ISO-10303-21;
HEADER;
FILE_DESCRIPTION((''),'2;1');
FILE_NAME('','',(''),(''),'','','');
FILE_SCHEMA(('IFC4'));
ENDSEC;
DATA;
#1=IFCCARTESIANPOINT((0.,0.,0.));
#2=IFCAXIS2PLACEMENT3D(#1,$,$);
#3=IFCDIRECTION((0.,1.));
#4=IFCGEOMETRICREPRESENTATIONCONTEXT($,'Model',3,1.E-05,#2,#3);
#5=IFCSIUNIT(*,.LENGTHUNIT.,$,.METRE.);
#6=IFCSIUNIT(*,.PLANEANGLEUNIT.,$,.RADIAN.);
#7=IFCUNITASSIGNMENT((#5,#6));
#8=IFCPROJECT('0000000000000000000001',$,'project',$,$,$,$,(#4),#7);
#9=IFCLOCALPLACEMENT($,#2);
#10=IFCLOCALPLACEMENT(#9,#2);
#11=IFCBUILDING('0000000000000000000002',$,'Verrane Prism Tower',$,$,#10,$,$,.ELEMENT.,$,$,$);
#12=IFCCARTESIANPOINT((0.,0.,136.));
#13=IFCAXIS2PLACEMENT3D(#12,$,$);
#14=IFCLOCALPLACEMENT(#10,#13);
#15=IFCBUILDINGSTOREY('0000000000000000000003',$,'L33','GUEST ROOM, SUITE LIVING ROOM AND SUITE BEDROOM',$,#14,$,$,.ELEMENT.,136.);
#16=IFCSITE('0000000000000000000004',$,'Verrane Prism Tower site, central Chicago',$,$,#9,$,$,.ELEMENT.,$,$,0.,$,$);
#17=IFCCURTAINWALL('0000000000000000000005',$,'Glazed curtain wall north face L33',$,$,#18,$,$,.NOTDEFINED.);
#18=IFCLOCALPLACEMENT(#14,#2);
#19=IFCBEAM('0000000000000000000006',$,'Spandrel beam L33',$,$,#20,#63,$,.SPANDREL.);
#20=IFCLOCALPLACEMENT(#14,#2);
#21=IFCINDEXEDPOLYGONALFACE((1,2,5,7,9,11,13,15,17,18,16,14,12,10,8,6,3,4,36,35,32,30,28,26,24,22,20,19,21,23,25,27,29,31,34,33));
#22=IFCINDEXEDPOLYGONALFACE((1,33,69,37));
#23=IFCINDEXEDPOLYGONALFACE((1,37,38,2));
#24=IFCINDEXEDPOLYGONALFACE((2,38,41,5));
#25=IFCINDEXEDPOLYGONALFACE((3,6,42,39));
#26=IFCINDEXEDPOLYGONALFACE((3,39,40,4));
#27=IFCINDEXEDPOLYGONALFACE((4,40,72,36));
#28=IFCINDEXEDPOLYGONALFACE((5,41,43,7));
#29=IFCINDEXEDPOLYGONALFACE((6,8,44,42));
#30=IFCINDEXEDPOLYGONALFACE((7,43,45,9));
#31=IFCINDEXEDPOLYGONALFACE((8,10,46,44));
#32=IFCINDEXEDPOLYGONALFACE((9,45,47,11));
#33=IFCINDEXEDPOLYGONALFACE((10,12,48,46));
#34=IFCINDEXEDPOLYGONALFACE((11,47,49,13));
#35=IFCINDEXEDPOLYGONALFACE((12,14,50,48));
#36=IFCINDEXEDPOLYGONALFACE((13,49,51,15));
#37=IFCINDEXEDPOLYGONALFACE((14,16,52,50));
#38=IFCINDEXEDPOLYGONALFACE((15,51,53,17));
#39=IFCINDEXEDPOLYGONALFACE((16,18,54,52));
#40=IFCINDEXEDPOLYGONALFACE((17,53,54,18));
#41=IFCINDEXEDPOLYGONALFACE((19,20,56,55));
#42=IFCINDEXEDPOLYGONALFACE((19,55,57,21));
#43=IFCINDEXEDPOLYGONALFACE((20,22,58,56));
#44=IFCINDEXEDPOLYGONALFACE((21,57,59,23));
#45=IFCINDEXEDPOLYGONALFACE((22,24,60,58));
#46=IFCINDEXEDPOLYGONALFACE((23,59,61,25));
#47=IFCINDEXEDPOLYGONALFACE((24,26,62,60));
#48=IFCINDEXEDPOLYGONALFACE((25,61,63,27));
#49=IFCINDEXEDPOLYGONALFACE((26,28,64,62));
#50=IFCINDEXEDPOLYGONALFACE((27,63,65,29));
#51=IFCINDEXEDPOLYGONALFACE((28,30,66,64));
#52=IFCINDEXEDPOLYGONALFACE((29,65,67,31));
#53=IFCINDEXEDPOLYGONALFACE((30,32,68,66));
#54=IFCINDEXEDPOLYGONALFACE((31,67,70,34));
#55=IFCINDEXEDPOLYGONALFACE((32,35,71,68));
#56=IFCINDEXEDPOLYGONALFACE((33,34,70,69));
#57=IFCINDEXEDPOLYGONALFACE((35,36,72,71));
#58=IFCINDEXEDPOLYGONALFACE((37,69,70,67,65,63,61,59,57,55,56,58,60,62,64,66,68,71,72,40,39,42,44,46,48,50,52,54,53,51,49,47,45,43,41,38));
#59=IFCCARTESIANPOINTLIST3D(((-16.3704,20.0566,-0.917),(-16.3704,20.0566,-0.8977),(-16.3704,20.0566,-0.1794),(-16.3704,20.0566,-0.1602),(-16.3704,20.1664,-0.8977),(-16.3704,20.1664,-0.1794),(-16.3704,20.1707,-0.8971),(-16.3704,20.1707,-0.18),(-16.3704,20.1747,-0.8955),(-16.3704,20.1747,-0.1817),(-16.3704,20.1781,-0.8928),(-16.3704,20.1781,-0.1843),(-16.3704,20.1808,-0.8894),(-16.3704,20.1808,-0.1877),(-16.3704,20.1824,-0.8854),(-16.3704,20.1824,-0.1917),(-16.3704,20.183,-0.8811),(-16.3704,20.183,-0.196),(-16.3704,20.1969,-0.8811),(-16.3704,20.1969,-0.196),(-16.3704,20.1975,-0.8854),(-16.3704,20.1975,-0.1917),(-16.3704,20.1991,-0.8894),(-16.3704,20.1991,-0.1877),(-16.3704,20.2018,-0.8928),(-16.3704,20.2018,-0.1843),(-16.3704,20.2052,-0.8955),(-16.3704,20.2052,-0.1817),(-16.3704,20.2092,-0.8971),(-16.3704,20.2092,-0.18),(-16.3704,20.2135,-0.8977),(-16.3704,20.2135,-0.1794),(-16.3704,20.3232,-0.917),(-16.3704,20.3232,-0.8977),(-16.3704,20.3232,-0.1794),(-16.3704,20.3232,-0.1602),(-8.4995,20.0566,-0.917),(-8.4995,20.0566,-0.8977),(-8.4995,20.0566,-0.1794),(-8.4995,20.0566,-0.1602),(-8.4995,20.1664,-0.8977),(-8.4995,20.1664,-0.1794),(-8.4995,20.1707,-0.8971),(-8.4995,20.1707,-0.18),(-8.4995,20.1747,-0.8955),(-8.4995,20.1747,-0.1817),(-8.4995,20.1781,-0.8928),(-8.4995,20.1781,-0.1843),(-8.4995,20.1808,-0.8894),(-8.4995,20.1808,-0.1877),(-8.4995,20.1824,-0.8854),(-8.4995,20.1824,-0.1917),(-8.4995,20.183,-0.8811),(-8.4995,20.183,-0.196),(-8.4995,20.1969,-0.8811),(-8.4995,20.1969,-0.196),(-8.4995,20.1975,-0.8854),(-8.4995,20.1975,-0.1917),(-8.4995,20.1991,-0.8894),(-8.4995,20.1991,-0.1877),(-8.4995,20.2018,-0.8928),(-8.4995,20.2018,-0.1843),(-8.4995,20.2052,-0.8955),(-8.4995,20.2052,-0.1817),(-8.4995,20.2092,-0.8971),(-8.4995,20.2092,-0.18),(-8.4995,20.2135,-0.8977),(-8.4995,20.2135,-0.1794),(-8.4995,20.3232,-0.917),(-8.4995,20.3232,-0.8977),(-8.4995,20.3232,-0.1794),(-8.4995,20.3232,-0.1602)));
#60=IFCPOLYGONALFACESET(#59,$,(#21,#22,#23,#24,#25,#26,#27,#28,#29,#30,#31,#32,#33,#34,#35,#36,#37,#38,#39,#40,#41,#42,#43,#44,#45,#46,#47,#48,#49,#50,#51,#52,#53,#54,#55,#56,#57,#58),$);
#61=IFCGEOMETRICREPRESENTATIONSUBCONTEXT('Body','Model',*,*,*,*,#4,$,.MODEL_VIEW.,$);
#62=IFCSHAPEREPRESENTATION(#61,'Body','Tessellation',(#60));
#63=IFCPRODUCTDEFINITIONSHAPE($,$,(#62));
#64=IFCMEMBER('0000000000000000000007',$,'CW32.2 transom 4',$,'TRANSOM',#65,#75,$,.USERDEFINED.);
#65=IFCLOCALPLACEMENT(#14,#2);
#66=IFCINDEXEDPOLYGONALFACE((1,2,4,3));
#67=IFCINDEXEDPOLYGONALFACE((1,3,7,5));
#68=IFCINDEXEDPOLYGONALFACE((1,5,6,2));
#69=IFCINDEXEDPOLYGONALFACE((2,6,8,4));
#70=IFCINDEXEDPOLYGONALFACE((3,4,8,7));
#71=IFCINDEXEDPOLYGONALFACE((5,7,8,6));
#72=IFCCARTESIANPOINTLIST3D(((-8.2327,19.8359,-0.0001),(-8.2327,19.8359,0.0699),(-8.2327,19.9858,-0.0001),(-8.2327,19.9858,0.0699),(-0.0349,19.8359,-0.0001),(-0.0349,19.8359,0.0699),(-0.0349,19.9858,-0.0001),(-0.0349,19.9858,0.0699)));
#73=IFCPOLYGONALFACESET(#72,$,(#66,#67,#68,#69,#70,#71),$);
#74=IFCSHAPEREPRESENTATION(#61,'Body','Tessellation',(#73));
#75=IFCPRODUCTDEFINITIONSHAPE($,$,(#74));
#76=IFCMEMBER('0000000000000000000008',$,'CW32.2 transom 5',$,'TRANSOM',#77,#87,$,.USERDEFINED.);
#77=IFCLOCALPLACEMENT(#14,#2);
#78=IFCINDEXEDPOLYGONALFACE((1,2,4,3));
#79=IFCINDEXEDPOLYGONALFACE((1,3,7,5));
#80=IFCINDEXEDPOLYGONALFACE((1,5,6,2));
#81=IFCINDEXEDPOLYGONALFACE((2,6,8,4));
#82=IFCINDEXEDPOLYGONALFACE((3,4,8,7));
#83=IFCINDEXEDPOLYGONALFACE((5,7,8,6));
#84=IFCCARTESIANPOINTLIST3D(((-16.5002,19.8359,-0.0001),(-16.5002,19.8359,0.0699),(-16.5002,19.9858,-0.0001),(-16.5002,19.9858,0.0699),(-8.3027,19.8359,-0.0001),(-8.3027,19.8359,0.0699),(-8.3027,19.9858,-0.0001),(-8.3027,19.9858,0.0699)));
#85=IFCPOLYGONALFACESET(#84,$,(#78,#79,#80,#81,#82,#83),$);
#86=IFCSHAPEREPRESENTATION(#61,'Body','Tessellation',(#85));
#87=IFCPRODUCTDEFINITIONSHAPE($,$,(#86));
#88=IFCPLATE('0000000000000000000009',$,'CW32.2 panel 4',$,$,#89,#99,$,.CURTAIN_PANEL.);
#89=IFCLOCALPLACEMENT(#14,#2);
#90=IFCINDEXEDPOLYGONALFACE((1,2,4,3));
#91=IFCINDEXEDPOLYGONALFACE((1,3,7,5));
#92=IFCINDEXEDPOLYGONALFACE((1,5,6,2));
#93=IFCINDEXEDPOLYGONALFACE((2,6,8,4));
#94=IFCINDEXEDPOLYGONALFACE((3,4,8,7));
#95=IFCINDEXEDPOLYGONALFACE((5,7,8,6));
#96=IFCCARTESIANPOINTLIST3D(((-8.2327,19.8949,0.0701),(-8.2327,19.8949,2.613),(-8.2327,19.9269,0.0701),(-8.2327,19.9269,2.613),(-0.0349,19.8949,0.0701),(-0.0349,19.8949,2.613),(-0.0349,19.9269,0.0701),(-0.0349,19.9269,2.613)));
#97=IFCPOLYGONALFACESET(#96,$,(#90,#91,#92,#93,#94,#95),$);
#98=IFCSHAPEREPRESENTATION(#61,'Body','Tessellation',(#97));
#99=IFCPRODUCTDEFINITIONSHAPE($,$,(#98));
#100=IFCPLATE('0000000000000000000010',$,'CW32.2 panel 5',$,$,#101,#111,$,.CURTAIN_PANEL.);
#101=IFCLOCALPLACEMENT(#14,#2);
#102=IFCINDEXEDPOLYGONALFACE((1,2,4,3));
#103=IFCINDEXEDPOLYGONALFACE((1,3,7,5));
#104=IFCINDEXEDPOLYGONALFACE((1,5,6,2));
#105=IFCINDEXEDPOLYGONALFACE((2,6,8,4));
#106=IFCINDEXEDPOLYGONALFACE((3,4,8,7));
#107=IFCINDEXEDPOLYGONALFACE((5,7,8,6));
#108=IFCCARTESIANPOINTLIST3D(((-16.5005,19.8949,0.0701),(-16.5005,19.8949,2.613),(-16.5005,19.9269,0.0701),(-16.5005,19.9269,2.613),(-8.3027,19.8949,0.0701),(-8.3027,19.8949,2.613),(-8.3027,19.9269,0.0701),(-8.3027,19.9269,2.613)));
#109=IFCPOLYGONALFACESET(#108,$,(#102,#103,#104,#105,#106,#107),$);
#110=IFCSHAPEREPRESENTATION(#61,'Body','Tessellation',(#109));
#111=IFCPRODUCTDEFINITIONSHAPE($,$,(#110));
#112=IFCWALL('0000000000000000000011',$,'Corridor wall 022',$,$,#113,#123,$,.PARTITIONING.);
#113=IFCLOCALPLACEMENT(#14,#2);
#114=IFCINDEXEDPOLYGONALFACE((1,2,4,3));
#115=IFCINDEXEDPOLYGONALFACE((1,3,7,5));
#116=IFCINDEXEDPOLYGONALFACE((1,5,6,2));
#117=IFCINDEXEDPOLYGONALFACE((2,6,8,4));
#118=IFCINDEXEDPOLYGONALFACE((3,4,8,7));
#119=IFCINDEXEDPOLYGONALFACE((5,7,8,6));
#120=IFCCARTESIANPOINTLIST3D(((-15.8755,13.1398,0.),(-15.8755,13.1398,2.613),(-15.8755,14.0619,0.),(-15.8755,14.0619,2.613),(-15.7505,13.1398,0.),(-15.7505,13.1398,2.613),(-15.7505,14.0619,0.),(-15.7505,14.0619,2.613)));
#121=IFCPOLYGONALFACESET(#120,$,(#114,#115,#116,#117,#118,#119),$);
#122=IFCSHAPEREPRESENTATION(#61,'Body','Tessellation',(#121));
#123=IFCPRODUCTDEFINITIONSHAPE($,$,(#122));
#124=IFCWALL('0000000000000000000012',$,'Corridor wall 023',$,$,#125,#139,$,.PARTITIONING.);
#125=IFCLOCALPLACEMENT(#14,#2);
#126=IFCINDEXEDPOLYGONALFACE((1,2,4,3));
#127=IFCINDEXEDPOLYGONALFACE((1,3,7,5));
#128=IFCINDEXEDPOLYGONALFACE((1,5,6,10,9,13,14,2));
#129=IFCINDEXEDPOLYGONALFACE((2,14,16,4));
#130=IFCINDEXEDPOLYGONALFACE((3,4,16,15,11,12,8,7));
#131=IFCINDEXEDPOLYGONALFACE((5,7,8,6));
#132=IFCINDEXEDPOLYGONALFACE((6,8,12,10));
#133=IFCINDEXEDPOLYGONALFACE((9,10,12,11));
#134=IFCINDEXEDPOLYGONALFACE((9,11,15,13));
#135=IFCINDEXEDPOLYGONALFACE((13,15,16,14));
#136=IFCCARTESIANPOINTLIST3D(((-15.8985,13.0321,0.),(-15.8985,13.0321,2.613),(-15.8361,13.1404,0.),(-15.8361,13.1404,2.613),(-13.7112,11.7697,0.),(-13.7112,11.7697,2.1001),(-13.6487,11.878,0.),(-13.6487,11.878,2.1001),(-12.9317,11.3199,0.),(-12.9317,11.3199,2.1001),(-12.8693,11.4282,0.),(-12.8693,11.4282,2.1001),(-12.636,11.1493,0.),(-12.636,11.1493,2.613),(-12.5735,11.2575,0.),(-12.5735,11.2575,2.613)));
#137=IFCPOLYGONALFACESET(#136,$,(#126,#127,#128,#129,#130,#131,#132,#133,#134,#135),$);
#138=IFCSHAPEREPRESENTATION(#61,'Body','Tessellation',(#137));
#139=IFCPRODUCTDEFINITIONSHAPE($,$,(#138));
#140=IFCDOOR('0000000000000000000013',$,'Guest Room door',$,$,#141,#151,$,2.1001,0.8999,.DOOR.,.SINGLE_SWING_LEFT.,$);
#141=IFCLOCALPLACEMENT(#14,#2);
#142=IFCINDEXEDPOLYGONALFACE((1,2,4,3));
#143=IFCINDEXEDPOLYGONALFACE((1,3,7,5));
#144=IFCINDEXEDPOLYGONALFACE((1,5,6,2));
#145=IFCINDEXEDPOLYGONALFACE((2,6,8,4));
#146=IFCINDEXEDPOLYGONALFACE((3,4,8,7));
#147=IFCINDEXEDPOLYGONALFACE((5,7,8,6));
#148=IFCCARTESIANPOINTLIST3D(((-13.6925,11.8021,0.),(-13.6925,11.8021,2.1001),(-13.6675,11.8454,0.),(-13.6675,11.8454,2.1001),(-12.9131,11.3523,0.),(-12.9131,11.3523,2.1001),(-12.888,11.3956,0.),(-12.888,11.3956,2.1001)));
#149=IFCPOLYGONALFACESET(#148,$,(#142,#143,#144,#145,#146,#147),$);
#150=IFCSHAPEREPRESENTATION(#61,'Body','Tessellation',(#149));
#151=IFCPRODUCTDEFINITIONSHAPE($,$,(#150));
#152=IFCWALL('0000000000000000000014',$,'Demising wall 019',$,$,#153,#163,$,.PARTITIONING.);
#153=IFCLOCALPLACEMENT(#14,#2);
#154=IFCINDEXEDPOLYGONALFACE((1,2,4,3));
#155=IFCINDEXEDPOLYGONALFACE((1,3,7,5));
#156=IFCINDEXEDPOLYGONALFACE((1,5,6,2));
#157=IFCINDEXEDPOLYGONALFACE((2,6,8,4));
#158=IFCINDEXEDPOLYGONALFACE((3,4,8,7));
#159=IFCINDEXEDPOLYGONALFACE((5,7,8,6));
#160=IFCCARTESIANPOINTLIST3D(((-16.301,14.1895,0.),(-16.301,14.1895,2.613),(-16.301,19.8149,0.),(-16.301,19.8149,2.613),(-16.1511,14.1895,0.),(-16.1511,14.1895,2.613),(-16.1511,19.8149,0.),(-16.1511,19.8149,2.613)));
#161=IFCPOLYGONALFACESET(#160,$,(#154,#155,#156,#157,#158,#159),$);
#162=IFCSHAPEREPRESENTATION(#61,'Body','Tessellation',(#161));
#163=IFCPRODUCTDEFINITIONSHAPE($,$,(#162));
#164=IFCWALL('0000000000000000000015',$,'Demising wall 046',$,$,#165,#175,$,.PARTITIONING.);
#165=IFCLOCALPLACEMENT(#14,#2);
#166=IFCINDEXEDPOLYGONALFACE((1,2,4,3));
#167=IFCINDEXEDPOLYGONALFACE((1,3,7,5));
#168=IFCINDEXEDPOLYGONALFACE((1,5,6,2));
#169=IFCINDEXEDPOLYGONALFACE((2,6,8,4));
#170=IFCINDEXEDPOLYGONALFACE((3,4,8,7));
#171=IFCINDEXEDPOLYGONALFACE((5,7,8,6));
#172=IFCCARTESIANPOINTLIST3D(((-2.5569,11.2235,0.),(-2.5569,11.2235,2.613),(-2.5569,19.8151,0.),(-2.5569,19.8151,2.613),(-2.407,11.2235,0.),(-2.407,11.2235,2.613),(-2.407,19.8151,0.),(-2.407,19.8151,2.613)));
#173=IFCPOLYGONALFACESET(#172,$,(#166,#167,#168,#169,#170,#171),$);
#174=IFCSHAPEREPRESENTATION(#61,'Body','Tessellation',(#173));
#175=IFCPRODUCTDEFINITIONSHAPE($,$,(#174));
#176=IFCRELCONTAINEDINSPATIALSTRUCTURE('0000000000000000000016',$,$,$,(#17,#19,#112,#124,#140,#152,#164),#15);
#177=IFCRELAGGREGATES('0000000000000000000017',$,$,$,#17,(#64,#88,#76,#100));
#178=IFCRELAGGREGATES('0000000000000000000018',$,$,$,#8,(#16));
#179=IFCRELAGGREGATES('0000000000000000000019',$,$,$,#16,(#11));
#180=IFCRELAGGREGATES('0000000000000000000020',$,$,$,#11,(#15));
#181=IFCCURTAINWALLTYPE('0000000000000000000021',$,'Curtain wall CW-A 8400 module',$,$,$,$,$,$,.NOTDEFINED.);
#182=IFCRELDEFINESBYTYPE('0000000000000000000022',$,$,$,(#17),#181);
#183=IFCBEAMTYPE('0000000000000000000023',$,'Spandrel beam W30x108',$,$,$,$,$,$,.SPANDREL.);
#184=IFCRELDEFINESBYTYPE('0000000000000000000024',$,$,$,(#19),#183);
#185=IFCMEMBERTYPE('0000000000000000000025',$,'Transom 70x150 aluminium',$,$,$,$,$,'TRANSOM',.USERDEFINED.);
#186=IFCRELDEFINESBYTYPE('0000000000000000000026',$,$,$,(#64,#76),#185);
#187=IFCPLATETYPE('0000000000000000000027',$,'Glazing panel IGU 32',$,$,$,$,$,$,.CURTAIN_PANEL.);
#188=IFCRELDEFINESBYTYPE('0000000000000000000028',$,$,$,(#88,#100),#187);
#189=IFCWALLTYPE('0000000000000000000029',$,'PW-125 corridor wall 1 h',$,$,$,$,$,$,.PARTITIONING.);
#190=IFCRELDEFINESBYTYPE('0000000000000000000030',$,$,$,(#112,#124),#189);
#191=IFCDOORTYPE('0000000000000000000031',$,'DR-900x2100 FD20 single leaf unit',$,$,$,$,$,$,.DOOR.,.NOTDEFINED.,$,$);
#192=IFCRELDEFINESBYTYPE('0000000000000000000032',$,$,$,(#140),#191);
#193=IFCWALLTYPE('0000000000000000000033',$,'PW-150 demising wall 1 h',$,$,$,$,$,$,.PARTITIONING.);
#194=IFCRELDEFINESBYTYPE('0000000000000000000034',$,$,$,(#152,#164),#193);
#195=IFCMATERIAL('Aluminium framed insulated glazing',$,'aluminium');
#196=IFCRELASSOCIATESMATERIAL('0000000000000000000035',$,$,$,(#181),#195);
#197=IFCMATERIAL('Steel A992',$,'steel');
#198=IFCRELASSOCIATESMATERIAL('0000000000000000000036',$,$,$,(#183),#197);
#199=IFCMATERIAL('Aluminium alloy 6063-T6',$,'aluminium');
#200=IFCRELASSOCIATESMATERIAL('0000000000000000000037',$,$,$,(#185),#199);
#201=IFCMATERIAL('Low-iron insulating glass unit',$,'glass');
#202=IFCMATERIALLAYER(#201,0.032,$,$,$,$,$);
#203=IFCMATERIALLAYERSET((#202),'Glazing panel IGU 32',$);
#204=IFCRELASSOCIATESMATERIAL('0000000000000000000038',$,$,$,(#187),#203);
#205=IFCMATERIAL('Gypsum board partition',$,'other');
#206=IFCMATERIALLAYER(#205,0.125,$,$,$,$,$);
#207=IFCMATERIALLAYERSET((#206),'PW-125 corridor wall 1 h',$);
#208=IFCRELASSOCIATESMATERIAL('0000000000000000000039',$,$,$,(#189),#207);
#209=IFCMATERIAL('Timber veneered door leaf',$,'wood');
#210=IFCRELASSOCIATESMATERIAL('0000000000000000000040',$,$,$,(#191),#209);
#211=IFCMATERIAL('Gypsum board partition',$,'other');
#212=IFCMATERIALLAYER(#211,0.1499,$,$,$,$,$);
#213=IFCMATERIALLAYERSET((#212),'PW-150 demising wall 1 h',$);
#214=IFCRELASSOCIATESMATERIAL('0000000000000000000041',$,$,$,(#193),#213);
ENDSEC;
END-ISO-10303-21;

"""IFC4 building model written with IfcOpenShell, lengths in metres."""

from ifc_helpers import new_model, si_unit, direction, frame, frame_2d, origin, origin_2d, place, context, subcontext, project, spatial, rectangle, i_section, extrude, material, layer, layer_set, material_profile, profile_set, type_object, element, fill, aggregate, save


model = new_model("IFC4")

# Units and contexts
model_context = context("Model", 3, precision=1e-05, world=origin(), true_north=direction((0.0, 1.0)))
body_context = subcontext(model_context, "Body", "Model", "MODEL_VIEW")
ifc_project = project(units=[si_unit("LENGTHUNIT", "METRE"), si_unit("PLANEANGLEUNIT", "RADIAN")], contexts=[model_context])

# Site, building, storey
site_placement = place(None, origin())
site = spatial("IfcSite", under=ifc_project, at=site_placement, Name="Verrane Prism Tower site, central Chicago", CompositionType="ELEMENT", RefElevation=0.0)
building_placement = place(site_placement, origin())
building = spatial("IfcBuilding", under=site, at=building_placement, Name="Verrane Prism Tower", CompositionType="ELEMENT")
storey_placement = place(building_placement, frame((0.0, 0.0, 136.0)))
storey = spatial("IfcBuildingStorey", under=building, at=storey_placement, Name="L33", Description="GUEST ROOM, SUITE LIVING ROOM AND SUITE BEDROOM", CompositionType="ELEMENT", Elevation=136.0)

# Curtain wall
ifc_material_1 = material(Name="Aluminium framed insulated glazing", Category="aluminium")
curtain_wall_type = type_object("IfcCurtainWallType", Name="Curtain wall CW-A 8400 module", PredefinedType="NOTDEFINED", material=ifc_material_1)
curtain_wall_placement = place(storey_placement, origin())
curtain_wall = element("IfcCurtainWall", 1, at=curtain_wall_placement, inside=storey, type_object=curtain_wall_type, Name="Glazed curtain wall north face L33", PredefinedType="NOTDEFINED")

# Beam
ifc_material_2 = material(Name="Steel A992", Category="steel")
ifc_material_profile_1 = material_profile(ifc_material_2, i_section(OverallWidth=0.2666, OverallDepth=0.7568, WebThickness=0.0139, FlangeThickness=0.0193, FilletRadius=0.0166, at=origin_2d()), Name="W30x108")
ifc_profile_set_1 = profile_set([ifc_material_profile_1], Name="Steel A992")
beam_type_1 = type_object("IfcBeamType", Name="Spandrel beam W30x108", PredefinedType="SPANDREL", material=ifc_profile_set_1)
for number, where, z_axis, x_axis, name in (
    (2, (-8.4995, 20.1899, -0.5386), (-1.0, 0.0, 0.0), (0.0, -1.0, 0.0), "Spandrel beam L33"),
):
    element("IfcBeam", number, at=place(storey_placement, frame(where, z_axis=z_axis, x_axis=x_axis)), inside=storey, type_object=beam_type_1, Name=name, PredefinedType="SPANDREL", context=body_context, shape_type="SweptSolid", body=[
        extrude(i_section(OverallWidth=0.2666, OverallDepth=0.7568, WebThickness=0.0139, FlangeThickness=0.0193, FilletRadius=0.0166, at=origin_2d()), origin(), (0.0, 0.0, 1.0), 7.8708),
    ])

# Members
ifc_material_3 = material(Name="Aluminium alloy 6063-T6", Category="aluminium")
ifc_material_profile_2 = material_profile(ifc_material_3, rectangle(XDim=0.1499, YDim=0.0701, at=origin_2d()), Name="Transom 70x150 aluminium")
ifc_profile_set_2 = profile_set([ifc_material_profile_2], Name="Aluminium alloy 6063-T6")
member_type_1 = type_object("IfcMemberType", Name="Transom 70x150 aluminium", ElementType="TRANSOM", PredefinedType="USERDEFINED", material=ifc_profile_set_2)
member_1_placement = place(storey_placement, frame((-0.0349, 19.9109, 0.0349), z_axis=(-1.0, 0.0, 0.0), x_axis=(0.0, -1.0, 0.0)))
member_1 = element("IfcMember", 3, at=member_1_placement, type_object=member_type_1, Name="CW32.2 transom 4", ObjectType="TRANSOM", PredefinedType="USERDEFINED", context=body_context, shape_type="SweptSolid", body=[
    extrude(rectangle(XDim=0.1499, YDim=0.0701, at=origin_2d()), origin(), (0.0, 0.0, 1.0), 8.1978),
])
member_2_placement = place(storey_placement, frame((-8.3027, 19.9109, 0.0349), z_axis=(-1.0, 0.0, 0.0), x_axis=(0.0, -1.0, 0.0)))
member_2 = element("IfcMember", 4, at=member_2_placement, type_object=member_type_1, Name="CW32.2 transom 5", ObjectType="TRANSOM", PredefinedType="USERDEFINED", context=body_context, shape_type="SweptSolid", body=[
    extrude(rectangle(XDim=0.1499, YDim=0.0701, at=origin_2d()), origin(), (0.0, 0.0, 1.0), 8.1975),
])

# Plates
ifc_material_4 = material(Name="Low-iron insulating glass unit", Category="glass")
ifc_layer_1 = layer(ifc_material_4, 0.032)
ifc_layer_set_1 = layer_set([ifc_layer_1], Name="Glazing panel IGU 32")
plate_type = type_object("IfcPlateType", Name="Glazing panel IGU 32", PredefinedType="CURTAIN_PANEL", material=ifc_layer_set_1)
plate_1_placement = place(storey_placement, frame((-4.1338, 19.9109, 0.0701), z_axis=(0.0, 0.0, 1.0), x_axis=(-1.0, 0.0, 0.0)))
plate_1 = element("IfcPlate", 5, at=plate_1_placement, type_object=plate_type, Name="CW32.2 panel 4", PredefinedType="CURTAIN_PANEL", context=body_context, shape_type="SweptSolid", body=[
    extrude(rectangle(XDim=8.1978, YDim=0.032, at=origin_2d()), origin(), (0.0, 0.0, 1.0), 2.543),
])
plate_2_placement = place(storey_placement, frame((-12.4016, 19.9109, 0.0701), z_axis=(0.0, 0.0, 1.0), x_axis=(-1.0, 0.0, 0.0)))
plate_2 = element("IfcPlate", 6, at=plate_2_placement, type_object=plate_type, Name="CW32.2 panel 5", PredefinedType="CURTAIN_PANEL", context=body_context, shape_type="SweptSolid", body=[
    extrude(rectangle(XDim=8.1978, YDim=0.032, at=origin_2d()), origin(), (0.0, 0.0, 1.0), 2.543),
])
aggregate(curtain_wall, [member_1, plate_1, member_2, plate_2])

# Wall
ifc_material_5 = material(Name="Gypsum board partition", Category="other")
ifc_layer_2 = layer(ifc_material_5, 0.125)
ifc_layer_set_2 = layer_set([ifc_layer_2], Name="PW-125 corridor wall 1 h")
wall_type_1 = type_object("IfcWallType", Name="PW-125 corridor wall 1 h", PredefinedType="PARTITIONING", material=ifc_layer_set_2)
wall_1_placement = place(storey_placement, frame((-15.813, 13.1399, 0.0), z_axis=(0.0, 0.0, 1.0), x_axis=(0.0, 1.0, 0.0)))
element("IfcWall", 7, at=wall_1_placement, inside=storey, type_object=wall_type_1, Name="Corridor wall 022", PredefinedType="PARTITIONING", context=body_context, shape_type="SweptSolid", body=[
    extrude(rectangle(XDim=0.9221, YDim=0.125, at=frame_2d((0.4609, 0.0))), origin(), (0.0, 0.0, 1.0), 2.613),
])

# Wall, opening, door
wall_2_placement = place(storey_placement, frame((-15.8672, 13.0862, 0.0), z_axis=(0.0, 0.0, 1.0), x_axis=(0.866113, -0.499848, 0.0)))
wall_2 = element("IfcWall", 8, at=wall_2_placement, inside=storey, type_object=wall_type_1, Name="Corridor wall 023", PredefinedType="PARTITIONING", context=body_context, shape_type="SweptSolid", body=[
    extrude(rectangle(XDim=3.7668, YDim=0.125, at=frame_2d((1.8833, 0.0))), origin(), (0.0, 0.0, 1.0), 2.613),
])
opening_1_placement = place(wall_2_placement, frame((2.5254, 0.0, 0.0)))
opening_1 = element("IfcOpeningElement", 9, at=opening_1_placement, cuts=wall_2, PredefinedType="OPENING", context=body_context, shape_type="SweptSolid", body=[
    extrude(rectangle(XDim=0.8999, YDim=2.1001, at=frame_2d((0.45, 1.05))), frame((0.0, 0.0725, 0.0), z_axis=(0.0, -1.0, 0.0), x_axis=(1.0, 0.0, 0.0)), (0.0, 0.0, 1.0), 0.145),
])
ifc_material_6 = material(Name="Timber veneered door leaf", Category="wood")
door_type_1 = type_object("IfcDoorType", Name="DR-900x2100 FD20 single leaf unit", OperationType="NOTDEFINED", PredefinedType="DOOR", material=ifc_material_6)
door_1_placement = place(opening_1_placement, origin())
door_1 = element("IfcDoor", 10, at=door_1_placement, inside=storey, type_object=door_type_1, Name="Guest Room door", OperationType="SINGLE_SWING_LEFT", OverallHeight=2.1001, OverallWidth=0.8999, PredefinedType="DOOR", context=body_context, shape_type="SweptSolid", body=[
    extrude(rectangle(XDim=0.8999, YDim=2.1001, at=frame_2d((0.45, 1.05))), frame((0.0, 0.0249, 0.0), z_axis=(0.0, -1.0, 0.0), x_axis=(1.0, 0.0, 0.0)), (0.0, 0.0, 1.0), 0.05),
])
fill(opening_1, door_1)

# Walls
ifc_material_7 = material(Name="Gypsum board partition", Category="other")
ifc_layer_3 = layer(ifc_material_7, 0.1499)
ifc_layer_set_3 = layer_set([ifc_layer_3], Name="PW-150 demising wall 1 h")
wall_type_2 = type_object("IfcWallType", Name="PW-150 demising wall 1 h", PredefinedType="PARTITIONING", material=ifc_layer_set_3)
wall_3_placement = place(storey_placement, frame((-16.2261, 14.1895, 0.0), z_axis=(0.0, 0.0, 1.0), x_axis=(0.0, 1.0, 0.0)))
element("IfcWall", 11, at=wall_3_placement, inside=storey, type_object=wall_type_2, Name="Demising wall 019", PredefinedType="PARTITIONING", context=body_context, shape_type="SweptSolid", body=[
    extrude(rectangle(XDim=5.6255, YDim=0.1499, at=frame_2d((2.8127, 0.0))), origin(), (0.0, 0.0, 1.0), 2.613),
])
wall_4_placement = place(storey_placement, frame((-2.4819, 11.2234, 0.0), z_axis=(0.0, 0.0, 1.0), x_axis=(0.0, 1.0, 0.0)))
element("IfcWall", 12, at=wall_4_placement, inside=storey, type_object=wall_type_2, Name="Demising wall 046", PredefinedType="PARTITIONING", context=body_context, shape_type="SweptSolid", body=[
    extrude(rectangle(XDim=8.5916, YDim=0.1499, at=frame_2d((4.2959, 0.0))), origin(), (0.0, 0.0, 1.0), 2.613),
])

save(model, "model.ifc")
